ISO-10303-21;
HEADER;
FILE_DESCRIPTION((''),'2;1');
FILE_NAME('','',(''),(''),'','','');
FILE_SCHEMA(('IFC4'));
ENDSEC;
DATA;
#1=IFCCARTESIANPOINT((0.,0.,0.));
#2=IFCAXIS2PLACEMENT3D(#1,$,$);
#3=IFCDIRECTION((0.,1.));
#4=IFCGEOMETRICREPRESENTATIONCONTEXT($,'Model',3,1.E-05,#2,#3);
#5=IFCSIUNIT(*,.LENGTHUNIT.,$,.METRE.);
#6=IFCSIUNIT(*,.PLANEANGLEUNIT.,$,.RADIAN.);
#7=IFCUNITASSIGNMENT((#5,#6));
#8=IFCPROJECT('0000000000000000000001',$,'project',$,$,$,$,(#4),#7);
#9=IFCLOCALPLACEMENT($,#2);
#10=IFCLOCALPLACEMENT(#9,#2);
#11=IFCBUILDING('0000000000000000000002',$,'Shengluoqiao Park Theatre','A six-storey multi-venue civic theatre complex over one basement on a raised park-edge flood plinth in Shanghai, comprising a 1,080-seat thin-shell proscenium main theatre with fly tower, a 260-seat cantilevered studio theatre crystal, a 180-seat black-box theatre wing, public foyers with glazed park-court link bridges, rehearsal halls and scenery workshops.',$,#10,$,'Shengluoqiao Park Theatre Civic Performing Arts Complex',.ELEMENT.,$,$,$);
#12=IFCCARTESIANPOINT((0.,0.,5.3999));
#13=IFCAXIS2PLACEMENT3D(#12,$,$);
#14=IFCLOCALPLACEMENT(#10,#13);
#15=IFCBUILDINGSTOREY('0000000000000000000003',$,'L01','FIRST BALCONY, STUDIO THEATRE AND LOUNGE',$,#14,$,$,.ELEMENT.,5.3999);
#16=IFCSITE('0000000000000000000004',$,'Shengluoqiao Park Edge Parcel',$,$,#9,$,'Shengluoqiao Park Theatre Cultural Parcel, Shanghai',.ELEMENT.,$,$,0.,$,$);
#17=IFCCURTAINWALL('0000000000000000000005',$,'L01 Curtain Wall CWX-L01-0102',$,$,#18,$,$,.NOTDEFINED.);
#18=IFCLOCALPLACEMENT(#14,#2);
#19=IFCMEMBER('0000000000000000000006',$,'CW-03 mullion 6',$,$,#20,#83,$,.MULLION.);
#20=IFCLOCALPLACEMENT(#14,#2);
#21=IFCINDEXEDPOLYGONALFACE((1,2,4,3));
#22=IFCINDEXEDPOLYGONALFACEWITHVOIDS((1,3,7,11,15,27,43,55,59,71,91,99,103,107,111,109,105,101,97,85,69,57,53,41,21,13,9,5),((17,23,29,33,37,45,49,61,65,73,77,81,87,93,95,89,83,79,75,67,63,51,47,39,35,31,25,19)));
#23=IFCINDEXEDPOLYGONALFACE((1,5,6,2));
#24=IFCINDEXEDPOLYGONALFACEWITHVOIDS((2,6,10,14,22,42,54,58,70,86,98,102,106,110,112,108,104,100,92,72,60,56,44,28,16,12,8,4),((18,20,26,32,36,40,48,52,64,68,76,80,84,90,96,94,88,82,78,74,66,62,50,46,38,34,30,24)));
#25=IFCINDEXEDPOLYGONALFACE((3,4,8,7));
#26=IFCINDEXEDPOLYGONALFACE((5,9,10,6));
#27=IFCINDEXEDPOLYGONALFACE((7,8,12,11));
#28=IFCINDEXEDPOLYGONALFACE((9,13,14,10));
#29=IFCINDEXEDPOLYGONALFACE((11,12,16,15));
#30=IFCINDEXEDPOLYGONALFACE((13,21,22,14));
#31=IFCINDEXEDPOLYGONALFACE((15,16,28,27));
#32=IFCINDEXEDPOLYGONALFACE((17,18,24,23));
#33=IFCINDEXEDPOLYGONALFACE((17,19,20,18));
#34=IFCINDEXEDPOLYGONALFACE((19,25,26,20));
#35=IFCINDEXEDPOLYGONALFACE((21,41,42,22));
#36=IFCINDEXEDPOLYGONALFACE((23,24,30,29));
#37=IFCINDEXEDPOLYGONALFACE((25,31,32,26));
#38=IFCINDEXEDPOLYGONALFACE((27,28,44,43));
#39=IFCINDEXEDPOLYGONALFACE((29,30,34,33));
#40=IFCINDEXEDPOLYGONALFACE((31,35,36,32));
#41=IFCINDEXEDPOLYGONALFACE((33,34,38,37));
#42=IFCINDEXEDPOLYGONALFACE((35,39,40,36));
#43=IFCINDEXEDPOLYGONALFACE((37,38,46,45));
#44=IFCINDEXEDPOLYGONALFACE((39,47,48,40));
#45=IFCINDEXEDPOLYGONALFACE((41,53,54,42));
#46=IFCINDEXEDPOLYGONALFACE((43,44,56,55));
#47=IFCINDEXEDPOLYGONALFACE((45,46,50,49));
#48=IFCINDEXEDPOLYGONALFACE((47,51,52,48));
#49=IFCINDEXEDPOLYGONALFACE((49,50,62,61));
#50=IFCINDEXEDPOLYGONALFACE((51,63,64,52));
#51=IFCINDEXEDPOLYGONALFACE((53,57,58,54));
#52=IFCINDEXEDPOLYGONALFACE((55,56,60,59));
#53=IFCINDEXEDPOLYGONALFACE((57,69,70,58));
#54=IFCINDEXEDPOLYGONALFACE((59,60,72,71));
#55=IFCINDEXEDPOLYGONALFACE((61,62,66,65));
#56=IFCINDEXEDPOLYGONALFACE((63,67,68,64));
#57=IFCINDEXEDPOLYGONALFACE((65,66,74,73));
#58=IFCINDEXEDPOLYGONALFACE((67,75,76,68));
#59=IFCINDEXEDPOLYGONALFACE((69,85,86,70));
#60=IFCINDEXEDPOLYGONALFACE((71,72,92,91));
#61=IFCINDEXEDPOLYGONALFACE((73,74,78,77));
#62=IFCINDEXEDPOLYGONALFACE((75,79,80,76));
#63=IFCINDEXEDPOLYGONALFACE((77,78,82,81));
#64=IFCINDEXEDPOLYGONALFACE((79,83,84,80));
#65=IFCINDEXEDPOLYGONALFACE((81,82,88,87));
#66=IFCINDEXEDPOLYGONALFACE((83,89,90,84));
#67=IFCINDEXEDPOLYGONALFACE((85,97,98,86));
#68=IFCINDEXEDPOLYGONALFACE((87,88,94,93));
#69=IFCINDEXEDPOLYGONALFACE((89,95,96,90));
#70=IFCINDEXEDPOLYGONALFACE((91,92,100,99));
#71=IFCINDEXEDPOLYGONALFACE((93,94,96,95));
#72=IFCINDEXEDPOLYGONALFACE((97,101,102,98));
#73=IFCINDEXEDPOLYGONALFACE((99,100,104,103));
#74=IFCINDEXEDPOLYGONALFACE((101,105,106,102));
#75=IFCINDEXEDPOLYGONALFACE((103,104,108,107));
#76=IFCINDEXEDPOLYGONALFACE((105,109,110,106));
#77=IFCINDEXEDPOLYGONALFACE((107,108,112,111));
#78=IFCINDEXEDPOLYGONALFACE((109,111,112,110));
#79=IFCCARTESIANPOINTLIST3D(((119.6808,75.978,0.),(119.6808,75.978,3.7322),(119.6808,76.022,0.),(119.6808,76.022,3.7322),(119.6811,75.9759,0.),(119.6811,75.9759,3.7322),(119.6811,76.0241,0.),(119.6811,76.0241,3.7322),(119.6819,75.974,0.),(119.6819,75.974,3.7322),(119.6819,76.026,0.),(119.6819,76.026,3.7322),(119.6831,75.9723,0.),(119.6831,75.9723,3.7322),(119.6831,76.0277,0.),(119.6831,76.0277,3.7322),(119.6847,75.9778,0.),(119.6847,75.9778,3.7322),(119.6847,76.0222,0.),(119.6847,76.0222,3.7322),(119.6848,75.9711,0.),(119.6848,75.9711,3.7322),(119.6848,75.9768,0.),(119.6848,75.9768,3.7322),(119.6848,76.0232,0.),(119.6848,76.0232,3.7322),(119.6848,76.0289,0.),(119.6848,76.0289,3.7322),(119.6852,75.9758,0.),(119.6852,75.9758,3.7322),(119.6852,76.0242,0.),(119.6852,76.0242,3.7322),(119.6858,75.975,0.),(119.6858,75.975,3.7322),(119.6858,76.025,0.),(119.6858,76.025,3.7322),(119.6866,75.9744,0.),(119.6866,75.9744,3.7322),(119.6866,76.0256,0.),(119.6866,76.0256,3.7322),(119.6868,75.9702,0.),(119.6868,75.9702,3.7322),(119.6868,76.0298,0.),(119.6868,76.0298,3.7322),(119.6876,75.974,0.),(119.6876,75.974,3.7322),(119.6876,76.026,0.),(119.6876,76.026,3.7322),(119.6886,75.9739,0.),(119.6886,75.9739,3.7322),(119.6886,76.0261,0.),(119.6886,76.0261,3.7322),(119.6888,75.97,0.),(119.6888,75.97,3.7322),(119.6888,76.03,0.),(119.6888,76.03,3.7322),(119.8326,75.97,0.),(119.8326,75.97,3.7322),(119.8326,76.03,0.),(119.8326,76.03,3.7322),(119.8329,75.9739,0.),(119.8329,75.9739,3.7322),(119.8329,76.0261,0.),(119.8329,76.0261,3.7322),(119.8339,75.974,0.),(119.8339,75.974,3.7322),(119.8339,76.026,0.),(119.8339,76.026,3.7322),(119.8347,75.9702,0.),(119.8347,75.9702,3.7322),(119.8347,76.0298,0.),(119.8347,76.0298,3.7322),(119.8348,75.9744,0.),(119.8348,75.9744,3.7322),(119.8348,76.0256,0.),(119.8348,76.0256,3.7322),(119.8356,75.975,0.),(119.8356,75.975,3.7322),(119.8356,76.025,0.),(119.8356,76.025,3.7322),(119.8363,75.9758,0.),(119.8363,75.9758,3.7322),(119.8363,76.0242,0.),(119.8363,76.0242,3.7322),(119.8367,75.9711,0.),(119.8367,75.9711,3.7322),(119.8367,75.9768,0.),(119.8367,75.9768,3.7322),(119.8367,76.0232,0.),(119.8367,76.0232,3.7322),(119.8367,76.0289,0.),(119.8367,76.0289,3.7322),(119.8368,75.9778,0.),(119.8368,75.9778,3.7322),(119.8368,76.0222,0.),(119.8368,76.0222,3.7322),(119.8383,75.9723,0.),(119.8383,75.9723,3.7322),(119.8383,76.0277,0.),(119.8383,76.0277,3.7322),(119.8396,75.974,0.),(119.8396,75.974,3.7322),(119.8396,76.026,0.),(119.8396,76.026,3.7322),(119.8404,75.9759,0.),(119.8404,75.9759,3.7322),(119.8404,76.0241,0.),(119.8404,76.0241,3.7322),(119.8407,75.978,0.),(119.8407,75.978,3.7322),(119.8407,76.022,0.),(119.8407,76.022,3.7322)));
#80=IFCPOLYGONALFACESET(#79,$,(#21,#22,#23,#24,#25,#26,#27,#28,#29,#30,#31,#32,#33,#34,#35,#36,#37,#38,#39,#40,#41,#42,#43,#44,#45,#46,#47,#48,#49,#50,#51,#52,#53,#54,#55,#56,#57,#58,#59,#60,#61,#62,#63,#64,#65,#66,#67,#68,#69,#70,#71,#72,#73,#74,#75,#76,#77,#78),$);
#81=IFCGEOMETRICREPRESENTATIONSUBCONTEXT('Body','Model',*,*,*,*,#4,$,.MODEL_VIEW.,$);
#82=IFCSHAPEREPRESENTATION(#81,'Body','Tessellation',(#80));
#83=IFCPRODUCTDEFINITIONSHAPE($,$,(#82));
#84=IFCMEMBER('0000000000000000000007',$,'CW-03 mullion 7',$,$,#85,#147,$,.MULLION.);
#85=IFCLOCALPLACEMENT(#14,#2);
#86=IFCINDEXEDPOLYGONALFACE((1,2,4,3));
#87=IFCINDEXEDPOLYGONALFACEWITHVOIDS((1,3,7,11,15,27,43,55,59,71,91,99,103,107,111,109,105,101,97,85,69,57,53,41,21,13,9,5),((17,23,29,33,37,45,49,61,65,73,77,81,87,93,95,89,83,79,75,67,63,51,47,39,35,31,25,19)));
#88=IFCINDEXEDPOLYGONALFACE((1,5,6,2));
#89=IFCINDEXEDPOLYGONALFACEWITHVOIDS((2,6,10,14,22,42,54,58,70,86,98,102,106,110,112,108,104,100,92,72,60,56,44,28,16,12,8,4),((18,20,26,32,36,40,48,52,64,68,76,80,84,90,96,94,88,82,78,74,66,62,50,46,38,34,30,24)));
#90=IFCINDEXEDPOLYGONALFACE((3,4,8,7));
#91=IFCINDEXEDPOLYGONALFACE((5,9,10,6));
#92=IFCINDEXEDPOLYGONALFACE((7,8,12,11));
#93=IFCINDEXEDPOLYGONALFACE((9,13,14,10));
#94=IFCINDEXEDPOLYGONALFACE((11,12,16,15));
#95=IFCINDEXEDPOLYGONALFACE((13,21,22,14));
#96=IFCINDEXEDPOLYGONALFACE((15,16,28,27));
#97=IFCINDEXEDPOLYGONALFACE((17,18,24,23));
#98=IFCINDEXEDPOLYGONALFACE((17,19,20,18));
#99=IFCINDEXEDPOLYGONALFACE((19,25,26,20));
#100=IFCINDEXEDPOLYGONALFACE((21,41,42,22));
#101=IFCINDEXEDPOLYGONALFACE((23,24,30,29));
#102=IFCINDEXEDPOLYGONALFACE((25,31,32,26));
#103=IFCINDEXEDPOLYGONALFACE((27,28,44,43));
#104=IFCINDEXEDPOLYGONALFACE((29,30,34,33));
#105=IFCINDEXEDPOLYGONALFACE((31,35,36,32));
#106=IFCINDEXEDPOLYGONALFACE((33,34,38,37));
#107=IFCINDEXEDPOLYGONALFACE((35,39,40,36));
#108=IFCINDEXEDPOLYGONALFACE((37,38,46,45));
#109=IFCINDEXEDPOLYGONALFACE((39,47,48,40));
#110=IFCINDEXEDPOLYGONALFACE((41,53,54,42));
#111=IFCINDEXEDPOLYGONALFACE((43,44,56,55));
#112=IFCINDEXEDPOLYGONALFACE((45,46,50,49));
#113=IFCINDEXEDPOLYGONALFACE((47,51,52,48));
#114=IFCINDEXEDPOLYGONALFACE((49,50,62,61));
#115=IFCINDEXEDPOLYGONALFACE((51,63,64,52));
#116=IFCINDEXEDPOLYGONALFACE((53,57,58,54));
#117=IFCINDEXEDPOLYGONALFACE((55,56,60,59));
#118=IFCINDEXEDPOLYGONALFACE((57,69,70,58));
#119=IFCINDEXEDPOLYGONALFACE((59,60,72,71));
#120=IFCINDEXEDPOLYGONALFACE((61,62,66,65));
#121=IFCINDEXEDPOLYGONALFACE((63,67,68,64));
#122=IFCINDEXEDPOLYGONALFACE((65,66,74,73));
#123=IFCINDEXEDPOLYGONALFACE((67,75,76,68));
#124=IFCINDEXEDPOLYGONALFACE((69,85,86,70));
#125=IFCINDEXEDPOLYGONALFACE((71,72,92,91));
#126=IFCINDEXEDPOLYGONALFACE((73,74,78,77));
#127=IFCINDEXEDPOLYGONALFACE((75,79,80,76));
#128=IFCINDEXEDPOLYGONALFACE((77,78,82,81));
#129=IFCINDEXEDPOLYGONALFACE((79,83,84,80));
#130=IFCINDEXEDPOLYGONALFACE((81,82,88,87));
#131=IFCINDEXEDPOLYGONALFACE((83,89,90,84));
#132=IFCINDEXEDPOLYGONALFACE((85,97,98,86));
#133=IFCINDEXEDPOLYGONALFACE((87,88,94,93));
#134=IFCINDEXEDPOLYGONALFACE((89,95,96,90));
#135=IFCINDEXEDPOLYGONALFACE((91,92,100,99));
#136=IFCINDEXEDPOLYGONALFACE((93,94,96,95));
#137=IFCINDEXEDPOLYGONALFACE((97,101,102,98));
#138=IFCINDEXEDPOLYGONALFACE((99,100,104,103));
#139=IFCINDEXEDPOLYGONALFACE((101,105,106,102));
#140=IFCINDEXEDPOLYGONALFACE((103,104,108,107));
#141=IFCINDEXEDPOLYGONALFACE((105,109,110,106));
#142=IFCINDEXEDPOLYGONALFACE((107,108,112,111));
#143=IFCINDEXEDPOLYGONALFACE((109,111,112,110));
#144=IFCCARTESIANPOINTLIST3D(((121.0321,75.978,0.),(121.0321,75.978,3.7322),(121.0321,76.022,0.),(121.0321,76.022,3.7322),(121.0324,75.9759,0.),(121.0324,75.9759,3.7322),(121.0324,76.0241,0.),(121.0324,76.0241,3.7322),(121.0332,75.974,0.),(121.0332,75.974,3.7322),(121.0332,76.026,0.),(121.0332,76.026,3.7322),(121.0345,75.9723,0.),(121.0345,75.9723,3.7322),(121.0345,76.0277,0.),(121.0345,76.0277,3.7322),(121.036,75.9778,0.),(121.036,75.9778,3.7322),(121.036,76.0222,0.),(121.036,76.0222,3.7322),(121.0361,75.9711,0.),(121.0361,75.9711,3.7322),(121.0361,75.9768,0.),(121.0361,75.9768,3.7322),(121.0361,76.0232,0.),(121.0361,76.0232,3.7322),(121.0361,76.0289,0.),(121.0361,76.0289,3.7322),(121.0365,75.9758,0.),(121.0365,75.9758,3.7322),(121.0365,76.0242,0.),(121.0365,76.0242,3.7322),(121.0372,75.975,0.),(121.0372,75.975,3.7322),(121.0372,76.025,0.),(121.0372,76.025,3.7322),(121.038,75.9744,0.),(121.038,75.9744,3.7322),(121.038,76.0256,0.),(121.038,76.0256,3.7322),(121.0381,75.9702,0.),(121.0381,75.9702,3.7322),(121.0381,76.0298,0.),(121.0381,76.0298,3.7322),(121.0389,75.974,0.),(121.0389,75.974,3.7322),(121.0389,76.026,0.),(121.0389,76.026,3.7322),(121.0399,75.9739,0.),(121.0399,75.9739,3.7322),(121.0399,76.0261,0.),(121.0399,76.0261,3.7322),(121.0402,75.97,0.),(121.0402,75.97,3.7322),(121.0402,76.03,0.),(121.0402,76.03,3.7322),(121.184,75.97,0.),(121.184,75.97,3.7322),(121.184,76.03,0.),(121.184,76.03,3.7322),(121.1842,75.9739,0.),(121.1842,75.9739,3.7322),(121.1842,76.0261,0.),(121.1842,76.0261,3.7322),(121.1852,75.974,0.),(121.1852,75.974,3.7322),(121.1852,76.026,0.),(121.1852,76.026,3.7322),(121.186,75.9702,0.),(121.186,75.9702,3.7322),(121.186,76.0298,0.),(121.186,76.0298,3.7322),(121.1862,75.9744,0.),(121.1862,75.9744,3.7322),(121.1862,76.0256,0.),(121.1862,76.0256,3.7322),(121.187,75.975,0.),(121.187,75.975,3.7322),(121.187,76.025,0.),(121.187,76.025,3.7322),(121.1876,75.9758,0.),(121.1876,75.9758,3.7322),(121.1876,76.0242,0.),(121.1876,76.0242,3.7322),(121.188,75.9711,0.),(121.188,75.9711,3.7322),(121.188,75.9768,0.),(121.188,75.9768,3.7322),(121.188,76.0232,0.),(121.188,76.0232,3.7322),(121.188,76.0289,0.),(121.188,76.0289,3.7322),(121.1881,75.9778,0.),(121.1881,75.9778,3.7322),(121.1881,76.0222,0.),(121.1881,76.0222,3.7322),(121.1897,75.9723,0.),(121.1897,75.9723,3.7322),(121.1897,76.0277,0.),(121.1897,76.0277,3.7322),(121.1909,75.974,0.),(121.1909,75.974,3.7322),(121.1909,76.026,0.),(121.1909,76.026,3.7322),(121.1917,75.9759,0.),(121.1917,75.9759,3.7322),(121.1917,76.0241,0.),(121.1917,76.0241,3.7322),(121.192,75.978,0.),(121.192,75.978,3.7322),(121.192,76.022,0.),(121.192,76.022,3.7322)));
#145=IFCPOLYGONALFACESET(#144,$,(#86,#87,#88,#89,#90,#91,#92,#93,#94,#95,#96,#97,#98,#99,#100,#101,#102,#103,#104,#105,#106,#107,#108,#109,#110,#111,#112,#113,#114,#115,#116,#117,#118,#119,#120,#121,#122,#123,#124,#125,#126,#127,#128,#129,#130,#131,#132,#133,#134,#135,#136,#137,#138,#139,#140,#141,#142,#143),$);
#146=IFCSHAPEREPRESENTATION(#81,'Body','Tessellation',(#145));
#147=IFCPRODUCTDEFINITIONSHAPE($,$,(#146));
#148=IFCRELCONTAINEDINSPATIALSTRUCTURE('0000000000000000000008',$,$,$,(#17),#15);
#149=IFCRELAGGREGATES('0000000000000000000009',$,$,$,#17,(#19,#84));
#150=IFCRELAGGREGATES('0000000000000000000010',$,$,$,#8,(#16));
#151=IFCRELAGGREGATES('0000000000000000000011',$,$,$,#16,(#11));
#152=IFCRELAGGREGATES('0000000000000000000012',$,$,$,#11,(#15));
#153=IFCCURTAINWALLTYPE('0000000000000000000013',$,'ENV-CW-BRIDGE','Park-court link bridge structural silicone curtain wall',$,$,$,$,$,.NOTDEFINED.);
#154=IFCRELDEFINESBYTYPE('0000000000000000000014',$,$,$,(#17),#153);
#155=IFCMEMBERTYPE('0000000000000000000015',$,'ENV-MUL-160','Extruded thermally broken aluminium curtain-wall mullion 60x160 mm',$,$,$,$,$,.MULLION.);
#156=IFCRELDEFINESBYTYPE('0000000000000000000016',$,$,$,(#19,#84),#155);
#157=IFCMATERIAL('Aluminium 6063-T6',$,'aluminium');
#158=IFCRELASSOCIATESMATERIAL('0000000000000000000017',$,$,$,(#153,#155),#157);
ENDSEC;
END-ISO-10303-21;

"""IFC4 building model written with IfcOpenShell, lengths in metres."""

from ifc_helpers import new_model, si_unit, direction, frame, origin, origin_2d, place, context, subcontext, project, spatial, hollow_rectangle, extrude, material, material_profile, profile_set, type_object, element, aggregate, save


model = new_model("IFC4")

# Units and contexts
model_context = context("Model", 3, precision=1e-05, world=origin(), true_north=direction((0.0, 1.0)))
body_context = subcontext(model_context, "Body", "Model", "MODEL_VIEW")
ifc_project = project(units=[si_unit("LENGTHUNIT", "METRE"), si_unit("PLANEANGLEUNIT", "RADIAN")], contexts=[model_context])

# Site, building, storey
site_placement = place(None, origin())
site = spatial("IfcSite", under=ifc_project, at=site_placement, Name="Shengluoqiao Park Edge Parcel", LongName="Shengluoqiao Park Theatre Cultural Parcel, Shanghai", CompositionType="ELEMENT", RefElevation=0.0)
building_placement = place(site_placement, origin())
building = spatial("IfcBuilding", under=site, at=building_placement, Name="Shengluoqiao Park Theatre", Description="A six-storey multi-venue civic theatre complex over one basement on a raised park-edge flood plinth in Shanghai, comprising a 1,080-seat thin-shell proscenium main theatre with fly tower, a 260-seat cantilevered studio theatre crystal, a 180-seat black-box theatre wing, public foyers with glazed park-court link bridges, rehearsal halls and scenery workshops.", LongName="Shengluoqiao Park Theatre Civic Performing Arts Complex", CompositionType="ELEMENT")
storey_placement = place(building_placement, frame((0.0, 0.0, 5.3999)))
storey = spatial("IfcBuildingStorey", under=building, at=storey_placement, Name="L01", Description="FIRST BALCONY, STUDIO THEATRE AND LOUNGE", CompositionType="ELEMENT", Elevation=5.3999)

# Curtain wall, members
ifc_material_1 = material(Name="Aluminium 6063-T6", Category="aluminium")
curtain_wall_type = type_object("IfcCurtainWallType", Name="ENV-CW-BRIDGE", Description="Park-court link bridge structural silicone curtain wall", PredefinedType="NOTDEFINED", material=ifc_material_1)
curtain_wall_1_placement = place(storey_placement, origin())
curtain_wall_1 = element("IfcCurtainWall", 1, at=curtain_wall_1_placement, inside=storey, type_object=curtain_wall_type, Name="L01 Curtain Wall CWX-L01-0102", PredefinedType="NOTDEFINED")
ifc_material_profile_1 = material_profile(ifc_material_1, hollow_rectangle(XDim=0.0601, YDim=0.1599, WallThickness=0.0039, InnerFilletRadius=0.0039, OuterFilletRadius=0.0081, at=origin_2d()), Name="ALU MULLION 160x60x4")
ifc_profile_set_1 = profile_set([ifc_material_profile_1], Name="Aluminium 6063-T6")
member_type_1 = type_object("IfcMemberType", Name="ENV-MUL-160", Description="Extruded thermally broken aluminium curtain-wall mullion 60x160 mm", PredefinedType="MULLION", material=ifc_profile_set_1)
member_1_placement = place(storey_placement, frame((119.7607, 76.0, 0.0), z_axis=(0.0, 0.0, 1.0), x_axis=(0.0, 1.0, 0.0)))
member_1 = element("IfcMember", 2, at=member_1_placement, type_object=member_type_1, Name="CW-03 mullion 6", PredefinedType="MULLION", context=body_context, shape_type="SweptSolid", body=[
    extrude(hollow_rectangle(XDim=0.0601, YDim=0.1599, WallThickness=0.0039, InnerFilletRadius=0.0039, OuterFilletRadius=0.0081, at=origin_2d()), origin(), (0.0, 0.0, 1.0), 3.7322),
])
member_2_placement = place(storey_placement, frame((121.1121, 76.0, 0.0), z_axis=(0.0, 0.0, 1.0), x_axis=(0.0, 1.0, 0.0)))
member_2 = element("IfcMember", 3, at=member_2_placement, type_object=member_type_1, Name="CW-03 mullion 7", PredefinedType="MULLION", context=body_context, shape_type="SweptSolid", body=[
    extrude(hollow_rectangle(XDim=0.0601, YDim=0.1599, WallThickness=0.0039, InnerFilletRadius=0.0039, OuterFilletRadius=0.0081, at=origin_2d()), origin(), (0.0, 0.0, 1.0), 3.7322),
])

aggregate(curtain_wall_1, [member_1, member_2])

save(model, "model.ifc")
